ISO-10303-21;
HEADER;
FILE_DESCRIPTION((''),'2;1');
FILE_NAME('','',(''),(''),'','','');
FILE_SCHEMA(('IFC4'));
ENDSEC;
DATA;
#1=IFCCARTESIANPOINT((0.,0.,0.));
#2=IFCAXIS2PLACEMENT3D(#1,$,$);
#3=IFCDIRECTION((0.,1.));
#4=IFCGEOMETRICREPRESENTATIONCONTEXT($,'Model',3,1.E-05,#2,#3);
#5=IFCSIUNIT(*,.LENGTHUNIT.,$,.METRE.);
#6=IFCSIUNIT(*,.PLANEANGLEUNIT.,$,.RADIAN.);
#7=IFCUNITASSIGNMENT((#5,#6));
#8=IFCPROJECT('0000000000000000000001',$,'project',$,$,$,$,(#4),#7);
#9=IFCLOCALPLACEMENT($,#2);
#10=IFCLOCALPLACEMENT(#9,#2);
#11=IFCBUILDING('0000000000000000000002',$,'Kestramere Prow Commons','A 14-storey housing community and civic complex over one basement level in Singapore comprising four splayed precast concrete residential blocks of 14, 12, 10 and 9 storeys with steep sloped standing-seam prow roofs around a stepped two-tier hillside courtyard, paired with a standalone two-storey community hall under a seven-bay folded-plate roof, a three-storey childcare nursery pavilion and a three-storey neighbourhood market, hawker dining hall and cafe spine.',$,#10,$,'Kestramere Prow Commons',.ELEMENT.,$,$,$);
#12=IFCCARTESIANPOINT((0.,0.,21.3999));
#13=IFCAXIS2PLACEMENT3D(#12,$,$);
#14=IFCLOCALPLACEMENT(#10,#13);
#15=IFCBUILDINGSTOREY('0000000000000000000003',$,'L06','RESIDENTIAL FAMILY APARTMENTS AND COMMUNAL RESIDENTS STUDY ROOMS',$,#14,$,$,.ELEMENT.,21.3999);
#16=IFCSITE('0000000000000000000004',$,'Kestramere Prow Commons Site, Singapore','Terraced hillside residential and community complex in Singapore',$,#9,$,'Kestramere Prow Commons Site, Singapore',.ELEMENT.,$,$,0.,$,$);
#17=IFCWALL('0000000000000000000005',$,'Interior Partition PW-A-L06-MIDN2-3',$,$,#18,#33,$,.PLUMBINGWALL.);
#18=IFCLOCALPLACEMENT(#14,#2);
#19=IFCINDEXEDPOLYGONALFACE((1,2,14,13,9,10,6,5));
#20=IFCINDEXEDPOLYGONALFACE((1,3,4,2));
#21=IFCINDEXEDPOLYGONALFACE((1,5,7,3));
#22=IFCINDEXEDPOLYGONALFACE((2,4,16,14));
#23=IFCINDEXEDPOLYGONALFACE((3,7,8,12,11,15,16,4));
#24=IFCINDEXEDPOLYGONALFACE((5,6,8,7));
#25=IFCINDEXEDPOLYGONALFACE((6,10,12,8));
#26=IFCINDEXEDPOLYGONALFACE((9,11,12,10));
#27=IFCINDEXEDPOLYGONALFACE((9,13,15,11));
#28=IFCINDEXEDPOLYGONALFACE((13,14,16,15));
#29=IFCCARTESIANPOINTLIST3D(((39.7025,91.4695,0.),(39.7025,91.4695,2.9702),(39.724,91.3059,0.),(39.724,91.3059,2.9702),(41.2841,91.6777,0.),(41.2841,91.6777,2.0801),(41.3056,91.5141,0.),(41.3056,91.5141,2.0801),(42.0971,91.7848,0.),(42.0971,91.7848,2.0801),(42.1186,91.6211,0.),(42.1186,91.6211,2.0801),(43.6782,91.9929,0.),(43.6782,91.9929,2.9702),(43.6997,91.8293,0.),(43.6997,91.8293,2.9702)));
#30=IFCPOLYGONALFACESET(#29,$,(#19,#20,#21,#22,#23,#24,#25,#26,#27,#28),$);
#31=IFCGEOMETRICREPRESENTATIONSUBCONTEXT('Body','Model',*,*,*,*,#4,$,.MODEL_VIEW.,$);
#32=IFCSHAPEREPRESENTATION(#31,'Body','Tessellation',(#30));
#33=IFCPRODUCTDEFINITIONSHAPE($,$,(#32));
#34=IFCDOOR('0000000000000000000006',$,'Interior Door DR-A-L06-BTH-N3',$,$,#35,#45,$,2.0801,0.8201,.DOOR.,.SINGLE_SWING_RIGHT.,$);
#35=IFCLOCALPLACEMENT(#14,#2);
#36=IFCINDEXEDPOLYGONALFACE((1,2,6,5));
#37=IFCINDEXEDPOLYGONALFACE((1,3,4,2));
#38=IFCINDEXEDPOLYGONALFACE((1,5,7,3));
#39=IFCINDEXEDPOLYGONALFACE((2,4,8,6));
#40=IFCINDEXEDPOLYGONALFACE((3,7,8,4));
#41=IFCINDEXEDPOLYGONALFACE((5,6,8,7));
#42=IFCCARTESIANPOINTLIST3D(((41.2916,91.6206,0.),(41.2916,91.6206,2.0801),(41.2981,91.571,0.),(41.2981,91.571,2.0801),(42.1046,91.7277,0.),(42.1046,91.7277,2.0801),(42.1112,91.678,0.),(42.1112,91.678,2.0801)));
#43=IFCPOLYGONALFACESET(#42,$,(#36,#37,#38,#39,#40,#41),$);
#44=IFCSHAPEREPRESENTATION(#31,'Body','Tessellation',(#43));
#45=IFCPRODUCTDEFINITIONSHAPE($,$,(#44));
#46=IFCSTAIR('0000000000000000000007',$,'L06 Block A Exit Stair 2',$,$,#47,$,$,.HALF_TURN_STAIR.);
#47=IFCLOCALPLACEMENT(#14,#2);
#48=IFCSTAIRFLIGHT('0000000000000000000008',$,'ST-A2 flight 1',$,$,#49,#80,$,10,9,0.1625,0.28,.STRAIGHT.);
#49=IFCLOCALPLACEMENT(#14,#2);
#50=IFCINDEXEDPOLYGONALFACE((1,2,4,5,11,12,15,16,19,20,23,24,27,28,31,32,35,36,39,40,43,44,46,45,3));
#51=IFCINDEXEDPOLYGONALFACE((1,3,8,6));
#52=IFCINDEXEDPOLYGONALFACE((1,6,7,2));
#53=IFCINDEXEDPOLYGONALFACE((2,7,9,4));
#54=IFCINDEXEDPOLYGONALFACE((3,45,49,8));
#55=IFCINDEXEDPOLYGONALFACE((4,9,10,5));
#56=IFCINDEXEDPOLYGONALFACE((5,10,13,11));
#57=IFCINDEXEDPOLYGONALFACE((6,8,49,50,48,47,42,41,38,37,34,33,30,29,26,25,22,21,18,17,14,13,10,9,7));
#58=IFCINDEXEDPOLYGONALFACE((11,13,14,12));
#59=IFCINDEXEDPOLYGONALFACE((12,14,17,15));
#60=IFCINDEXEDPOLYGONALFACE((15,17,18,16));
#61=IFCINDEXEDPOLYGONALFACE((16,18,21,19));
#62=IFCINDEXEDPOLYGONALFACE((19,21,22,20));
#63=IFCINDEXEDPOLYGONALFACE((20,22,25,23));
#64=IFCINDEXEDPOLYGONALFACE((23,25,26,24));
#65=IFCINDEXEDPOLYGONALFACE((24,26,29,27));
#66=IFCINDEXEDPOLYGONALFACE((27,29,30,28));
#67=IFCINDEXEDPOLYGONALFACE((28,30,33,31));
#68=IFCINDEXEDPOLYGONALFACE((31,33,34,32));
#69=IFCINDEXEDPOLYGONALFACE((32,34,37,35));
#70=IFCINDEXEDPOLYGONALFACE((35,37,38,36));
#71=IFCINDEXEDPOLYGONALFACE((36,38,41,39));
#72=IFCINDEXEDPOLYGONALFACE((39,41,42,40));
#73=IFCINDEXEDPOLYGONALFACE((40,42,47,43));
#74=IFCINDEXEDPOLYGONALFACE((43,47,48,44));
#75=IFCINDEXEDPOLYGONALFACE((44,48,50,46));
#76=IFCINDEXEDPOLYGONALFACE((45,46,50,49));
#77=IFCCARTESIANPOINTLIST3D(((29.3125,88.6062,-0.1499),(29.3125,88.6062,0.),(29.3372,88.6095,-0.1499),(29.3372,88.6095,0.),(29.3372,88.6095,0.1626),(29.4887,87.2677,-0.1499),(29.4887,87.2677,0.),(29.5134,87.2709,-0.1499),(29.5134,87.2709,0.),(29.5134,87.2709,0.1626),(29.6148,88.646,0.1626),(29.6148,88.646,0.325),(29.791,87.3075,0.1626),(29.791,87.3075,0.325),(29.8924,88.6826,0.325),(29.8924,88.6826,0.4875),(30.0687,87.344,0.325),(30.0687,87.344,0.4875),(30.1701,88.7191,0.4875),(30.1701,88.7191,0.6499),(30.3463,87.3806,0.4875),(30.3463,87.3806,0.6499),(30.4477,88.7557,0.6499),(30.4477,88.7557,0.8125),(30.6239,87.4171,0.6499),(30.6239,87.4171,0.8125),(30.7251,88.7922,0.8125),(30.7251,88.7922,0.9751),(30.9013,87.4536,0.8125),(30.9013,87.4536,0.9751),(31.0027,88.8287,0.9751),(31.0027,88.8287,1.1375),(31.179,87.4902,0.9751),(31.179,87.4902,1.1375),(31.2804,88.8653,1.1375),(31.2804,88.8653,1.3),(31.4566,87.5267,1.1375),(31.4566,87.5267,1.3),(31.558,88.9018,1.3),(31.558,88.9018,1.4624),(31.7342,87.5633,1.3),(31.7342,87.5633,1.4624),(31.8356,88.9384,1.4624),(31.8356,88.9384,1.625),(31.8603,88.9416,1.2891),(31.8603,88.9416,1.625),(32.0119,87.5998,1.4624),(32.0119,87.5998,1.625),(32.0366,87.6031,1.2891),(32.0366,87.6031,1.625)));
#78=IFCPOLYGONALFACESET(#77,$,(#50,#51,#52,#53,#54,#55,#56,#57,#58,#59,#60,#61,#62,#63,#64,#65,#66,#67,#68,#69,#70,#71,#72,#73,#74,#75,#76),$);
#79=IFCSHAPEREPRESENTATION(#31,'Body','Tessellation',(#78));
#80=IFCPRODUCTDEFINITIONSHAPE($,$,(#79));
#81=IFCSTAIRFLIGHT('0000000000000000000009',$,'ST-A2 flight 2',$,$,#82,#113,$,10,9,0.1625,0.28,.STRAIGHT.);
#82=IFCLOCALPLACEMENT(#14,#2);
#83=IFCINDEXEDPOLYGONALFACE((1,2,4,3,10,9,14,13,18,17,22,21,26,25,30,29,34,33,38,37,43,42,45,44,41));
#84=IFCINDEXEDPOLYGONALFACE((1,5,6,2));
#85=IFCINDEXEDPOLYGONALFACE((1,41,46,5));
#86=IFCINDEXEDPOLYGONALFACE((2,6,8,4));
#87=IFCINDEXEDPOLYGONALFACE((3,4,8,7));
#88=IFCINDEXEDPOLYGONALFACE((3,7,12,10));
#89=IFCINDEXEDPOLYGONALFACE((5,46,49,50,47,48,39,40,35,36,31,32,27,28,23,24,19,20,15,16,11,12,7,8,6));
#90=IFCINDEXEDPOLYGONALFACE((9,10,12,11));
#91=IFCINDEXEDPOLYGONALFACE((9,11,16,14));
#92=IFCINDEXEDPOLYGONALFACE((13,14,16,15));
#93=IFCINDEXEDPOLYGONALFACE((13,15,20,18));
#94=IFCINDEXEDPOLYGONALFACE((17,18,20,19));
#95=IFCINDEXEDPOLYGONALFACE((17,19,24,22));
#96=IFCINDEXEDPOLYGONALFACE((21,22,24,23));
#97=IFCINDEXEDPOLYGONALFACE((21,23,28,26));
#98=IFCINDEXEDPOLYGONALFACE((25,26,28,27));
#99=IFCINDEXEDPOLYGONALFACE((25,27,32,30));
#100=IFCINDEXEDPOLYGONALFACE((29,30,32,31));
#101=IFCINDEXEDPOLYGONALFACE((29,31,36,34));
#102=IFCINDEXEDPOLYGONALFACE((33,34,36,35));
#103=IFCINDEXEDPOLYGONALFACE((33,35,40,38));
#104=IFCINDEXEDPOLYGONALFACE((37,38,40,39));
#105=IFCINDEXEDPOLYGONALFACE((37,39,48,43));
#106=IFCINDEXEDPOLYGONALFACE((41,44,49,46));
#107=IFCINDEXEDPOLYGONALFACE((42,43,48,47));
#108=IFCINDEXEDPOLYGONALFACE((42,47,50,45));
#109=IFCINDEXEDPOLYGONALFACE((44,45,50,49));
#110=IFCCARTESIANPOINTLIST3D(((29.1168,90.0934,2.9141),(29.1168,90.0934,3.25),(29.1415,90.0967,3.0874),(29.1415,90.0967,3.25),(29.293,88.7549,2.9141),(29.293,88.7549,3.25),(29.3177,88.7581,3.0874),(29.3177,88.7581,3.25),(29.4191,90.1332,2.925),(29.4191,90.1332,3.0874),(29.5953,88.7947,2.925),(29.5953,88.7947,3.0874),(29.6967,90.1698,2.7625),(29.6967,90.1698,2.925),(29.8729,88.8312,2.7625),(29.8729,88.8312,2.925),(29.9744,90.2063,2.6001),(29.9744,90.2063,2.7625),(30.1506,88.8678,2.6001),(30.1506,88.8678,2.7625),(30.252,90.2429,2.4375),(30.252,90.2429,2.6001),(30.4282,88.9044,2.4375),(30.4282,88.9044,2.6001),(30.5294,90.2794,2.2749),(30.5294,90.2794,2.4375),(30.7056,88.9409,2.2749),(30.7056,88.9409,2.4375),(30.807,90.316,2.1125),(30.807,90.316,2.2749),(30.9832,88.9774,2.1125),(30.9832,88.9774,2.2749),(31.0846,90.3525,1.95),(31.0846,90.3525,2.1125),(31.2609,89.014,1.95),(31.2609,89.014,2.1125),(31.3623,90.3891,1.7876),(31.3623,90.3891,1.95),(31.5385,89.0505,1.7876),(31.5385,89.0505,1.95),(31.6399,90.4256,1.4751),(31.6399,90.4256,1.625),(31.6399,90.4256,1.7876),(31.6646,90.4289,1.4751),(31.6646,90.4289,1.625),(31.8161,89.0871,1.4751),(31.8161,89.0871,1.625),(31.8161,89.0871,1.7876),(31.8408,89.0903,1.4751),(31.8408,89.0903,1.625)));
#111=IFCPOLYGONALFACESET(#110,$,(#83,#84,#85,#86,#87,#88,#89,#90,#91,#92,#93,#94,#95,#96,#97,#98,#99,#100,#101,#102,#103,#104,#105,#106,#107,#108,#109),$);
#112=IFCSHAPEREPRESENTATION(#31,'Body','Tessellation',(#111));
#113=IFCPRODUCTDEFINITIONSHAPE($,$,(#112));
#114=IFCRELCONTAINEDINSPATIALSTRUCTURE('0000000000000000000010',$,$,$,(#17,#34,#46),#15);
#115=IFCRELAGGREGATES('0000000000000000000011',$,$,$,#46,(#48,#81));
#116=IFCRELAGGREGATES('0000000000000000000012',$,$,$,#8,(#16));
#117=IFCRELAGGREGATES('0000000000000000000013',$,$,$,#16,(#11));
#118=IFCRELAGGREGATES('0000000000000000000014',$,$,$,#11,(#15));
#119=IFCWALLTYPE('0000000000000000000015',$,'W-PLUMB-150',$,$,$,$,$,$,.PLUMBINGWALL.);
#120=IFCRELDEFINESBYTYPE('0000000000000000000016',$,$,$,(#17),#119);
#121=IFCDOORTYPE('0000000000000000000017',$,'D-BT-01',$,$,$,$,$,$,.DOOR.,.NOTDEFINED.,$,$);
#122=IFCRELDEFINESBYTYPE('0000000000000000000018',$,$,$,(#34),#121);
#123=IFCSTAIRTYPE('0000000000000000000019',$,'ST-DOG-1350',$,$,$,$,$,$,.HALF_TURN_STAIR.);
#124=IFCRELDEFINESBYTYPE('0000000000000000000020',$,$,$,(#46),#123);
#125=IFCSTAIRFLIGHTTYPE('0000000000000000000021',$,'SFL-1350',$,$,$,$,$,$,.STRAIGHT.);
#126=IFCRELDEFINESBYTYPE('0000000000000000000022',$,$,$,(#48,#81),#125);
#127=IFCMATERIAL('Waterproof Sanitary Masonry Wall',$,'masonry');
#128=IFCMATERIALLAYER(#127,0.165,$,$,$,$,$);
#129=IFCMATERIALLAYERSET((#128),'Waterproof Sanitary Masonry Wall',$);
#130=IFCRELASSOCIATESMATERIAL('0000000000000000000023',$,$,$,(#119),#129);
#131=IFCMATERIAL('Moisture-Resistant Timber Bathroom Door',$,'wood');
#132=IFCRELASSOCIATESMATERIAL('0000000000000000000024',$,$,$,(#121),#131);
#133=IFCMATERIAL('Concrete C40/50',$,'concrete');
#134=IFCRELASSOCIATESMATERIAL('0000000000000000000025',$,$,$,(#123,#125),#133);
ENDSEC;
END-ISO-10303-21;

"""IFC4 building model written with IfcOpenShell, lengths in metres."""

from ifc_helpers import new_model, si_unit, direction, frame, frame_2d, origin, place, context, subcontext, project, spatial, polyline, rectangle, outline, extrude, material, layer, layer_set, type_object, element, fill, aggregate, save


model = new_model("IFC4")

# Units and contexts
model_context = context("Model", 3, precision=1e-05, world=origin(), true_north=direction((0.0, 1.0)))
body_context = subcontext(model_context, "Body", "Model", "MODEL_VIEW")
ifc_project = project(units=[si_unit("LENGTHUNIT", "METRE"), si_unit("PLANEANGLEUNIT", "RADIAN")], contexts=[model_context])

# Site, building, storey
site_placement = place(None, origin())
site = spatial("IfcSite", under=ifc_project, at=site_placement, Name="Kestramere Prow Commons Site, Singapore", Description="Terraced hillside residential and community complex in Singapore", LongName="Kestramere Prow Commons Site, Singapore", CompositionType="ELEMENT", RefElevation=0.0)
building_placement = place(site_placement, origin())
building = spatial("IfcBuilding", under=site, at=building_placement, Name="Kestramere Prow Commons", Description="A 14-storey housing community and civic complex over one basement level in Singapore comprising four splayed precast concrete residential blocks of 14, 12, 10 and 9 storeys with steep sloped standing-seam prow roofs around a stepped two-tier hillside courtyard, paired with a standalone two-storey community hall under a seven-bay folded-plate roof, a three-storey childcare nursery pavilion and a three-storey neighbourhood market, hawker dining hall and cafe spine.", LongName="Kestramere Prow Commons", CompositionType="ELEMENT")
storey_placement = place(building_placement, frame((0.0, 0.0, 21.3999)))
storey = spatial("IfcBuildingStorey", under=building, at=storey_placement, Name="L06", Description="RESIDENTIAL FAMILY APARTMENTS AND COMMUNAL RESIDENTS STUDY ROOMS", CompositionType="ELEMENT", Elevation=21.3999)

# Shared definitions
ifc_material_1 = material(Name="Concrete C40/50", Category="concrete")

# Wall, opening, door
ifc_material_2 = material(Name="Waterproof Sanitary Masonry Wall", Category="masonry")
ifc_layer_1 = layer(ifc_material_2, 0.165)
ifc_layer_set_1 = layer_set([ifc_layer_1], Name="Waterproof Sanitary Masonry Wall")
wall_type_1 = type_object("IfcWallType", Name="W-PLUMB-150", PredefinedType="PLUMBINGWALL", material=ifc_layer_set_1)
wall_1_placement = place(storey_placement, frame((39.7134, 91.3877, 0.0), z_axis=(0.0, 0.0, 1.0), x_axis=(0.991444, 0.130536, 0.0)))
wall_1 = element("IfcWall", 1, at=wall_1_placement, inside=storey, type_object=wall_type_1, Name="Interior Partition PW-A-L06-MIDN2-3", PredefinedType="PLUMBINGWALL", context=body_context, shape_type="SweptSolid", body=[
    extrude(rectangle(XDim=4.01, YDim=0.165, at=frame_2d((2.0049, 0.0))), origin(), (0.0, 0.0, 1.0), 2.9702),
])
opening_1_placement = place(wall_1_placement, frame((1.595, 0.0, 0.0)))
opening_1 = element("IfcOpeningElement", 2, at=opening_1_placement, cuts=wall_1, PredefinedType="OPENING", context=body_context, shape_type="SweptSolid", body=[
    extrude(rectangle(XDim=0.8201, YDim=2.0801, at=frame_2d((0.4102, 1.04))), frame((0.0, 0.0974, 0.0), z_axis=(0.0, -1.0, 0.0), x_axis=(1.0, 0.0, 0.0)), (0.0, 0.0, 1.0), 0.1951),
])
ifc_material_3 = material(Name="Moisture-Resistant Timber Bathroom Door", Category="wood")
door_type_1 = type_object("IfcDoorType", Name="D-BT-01", OperationType="NOTDEFINED", PredefinedType="DOOR", material=ifc_material_3)
door_1_placement = place(opening_1_placement, origin())
door_1 = element("IfcDoor", 3, at=door_1_placement, inside=storey, type_object=door_type_1, Name="Interior Door DR-A-L06-BTH-N3", OperationType="SINGLE_SWING_RIGHT", OverallHeight=2.0801, OverallWidth=0.8201, PredefinedType="DOOR", context=body_context, shape_type="SweptSolid", body=[
    extrude(rectangle(XDim=0.8201, YDim=2.0801, at=frame_2d((0.4102, 1.04))), frame((0.0, 0.0249, 0.0), z_axis=(0.0, -1.0, 0.0), x_axis=(1.0, 0.0, 0.0)), (0.0, 0.0, 1.0), 0.05),
])
fill(opening_1, door_1)

# Stair, stair flights
stair_type = type_object("IfcStairType", Name="ST-DOG-1350", PredefinedType="HALF_TURN_STAIR", material=ifc_material_1)
stair_placement = place(storey_placement, origin())
stair = element("IfcStair", 4, at=stair_placement, inside=storey, type_object=stair_type, Name="L06 Block A Exit Stair 2", PredefinedType="HALF_TURN_STAIR")
stair_flight_type = type_object("IfcStairFlightType", Name="SFL-1350", PredefinedType="STRAIGHT", material=ifc_material_1)
stair_flight_1_placement = place(storey_placement, frame((29.4253, 87.9402, 0.0), z_axis=(0.0, 0.0, 1.0), x_axis=(0.991445, 0.130526, 0.0)))
stair_flight_1 = element("IfcStairFlight", 5, at=stair_flight_1_placement, type_object=stair_flight_type, Name="ST-A2 flight 1", NumberOfRisers=10, NumberOfTreads=9, PredefinedType="STRAIGHT", RiserHeight=0.1625, TreadLength=0.28, context=body_context, shape_type="SweptSolid", body=[
    extrude(outline(polyline([(-0.0249, 0.0), (0.0, 0.0), (0.0, 0.1626), (0.28, 0.1626), (0.28, 0.325), (0.5601, 0.325), (0.5601, 0.4875), (0.8401, 0.4875), (0.8401, 0.6499), (1.1201, 0.6499), (1.1201, 0.8125), (1.3999, 0.8125), (1.3999, 0.9751), (1.6799, 0.9751), (1.6799, 1.1375), (1.96, 1.1375), (1.96, 1.3), (2.24, 1.3), (2.24, 1.4624), (2.52, 1.4624), (2.52, 1.625), (2.5449, 1.625), (2.5449, 1.2891), (0.0, -0.1499), (-0.0249, -0.1499), (-0.0249, 0.0)])), frame((0.0, 0.675, 0.0), z_axis=(0.0, -1.0, 0.0), x_axis=(1.0, 0.0, 0.0)), (0.0, 0.0, 1.0), 1.3501),
])
stair_flight_2_placement = place(storey_placement, frame((31.728, 89.7563, 1.625), z_axis=(0.0, 0.0, 1.0), x_axis=(-0.991445, -0.130526, 0.0)))
stair_flight_2 = element("IfcStairFlight", 6, at=stair_flight_2_placement, type_object=stair_flight_type, Name="ST-A2 flight 2", NumberOfRisers=10, NumberOfTreads=9, PredefinedType="STRAIGHT", RiserHeight=0.1625, TreadLength=0.28, context=body_context, shape_type="SweptSolid", body=[
    extrude(outline(polyline([(-0.0249, 0.0), (0.0, 0.0), (0.0, 0.1626), (0.28, 0.1626), (0.28, 0.325), (0.5601, 0.325), (0.5601, 0.4875), (0.8401, 0.4875), (0.8401, 0.6499), (1.1201, 0.6499), (1.1201, 0.8125), (1.3999, 0.8125), (1.3999, 0.9751), (1.6799, 0.9751), (1.6799, 1.1375), (1.96, 1.1375), (1.96, 1.3), (2.24, 1.3), (2.24, 1.4624), (2.52, 1.4624), (2.52, 1.625), (2.5449, 1.625), (2.5449, 1.2891), (0.0, -0.1499), (-0.0249, -0.1499), (-0.0249, 0.0)])), frame((0.0, 0.675, 0.0), z_axis=(0.0, -1.0, 0.0), x_axis=(1.0, 0.0, 0.0)), (0.0, 0.0, 1.0), 1.3501),
])
aggregate(stair, [stair_flight_1, stair_flight_2])

save(model, "model.ifc")
